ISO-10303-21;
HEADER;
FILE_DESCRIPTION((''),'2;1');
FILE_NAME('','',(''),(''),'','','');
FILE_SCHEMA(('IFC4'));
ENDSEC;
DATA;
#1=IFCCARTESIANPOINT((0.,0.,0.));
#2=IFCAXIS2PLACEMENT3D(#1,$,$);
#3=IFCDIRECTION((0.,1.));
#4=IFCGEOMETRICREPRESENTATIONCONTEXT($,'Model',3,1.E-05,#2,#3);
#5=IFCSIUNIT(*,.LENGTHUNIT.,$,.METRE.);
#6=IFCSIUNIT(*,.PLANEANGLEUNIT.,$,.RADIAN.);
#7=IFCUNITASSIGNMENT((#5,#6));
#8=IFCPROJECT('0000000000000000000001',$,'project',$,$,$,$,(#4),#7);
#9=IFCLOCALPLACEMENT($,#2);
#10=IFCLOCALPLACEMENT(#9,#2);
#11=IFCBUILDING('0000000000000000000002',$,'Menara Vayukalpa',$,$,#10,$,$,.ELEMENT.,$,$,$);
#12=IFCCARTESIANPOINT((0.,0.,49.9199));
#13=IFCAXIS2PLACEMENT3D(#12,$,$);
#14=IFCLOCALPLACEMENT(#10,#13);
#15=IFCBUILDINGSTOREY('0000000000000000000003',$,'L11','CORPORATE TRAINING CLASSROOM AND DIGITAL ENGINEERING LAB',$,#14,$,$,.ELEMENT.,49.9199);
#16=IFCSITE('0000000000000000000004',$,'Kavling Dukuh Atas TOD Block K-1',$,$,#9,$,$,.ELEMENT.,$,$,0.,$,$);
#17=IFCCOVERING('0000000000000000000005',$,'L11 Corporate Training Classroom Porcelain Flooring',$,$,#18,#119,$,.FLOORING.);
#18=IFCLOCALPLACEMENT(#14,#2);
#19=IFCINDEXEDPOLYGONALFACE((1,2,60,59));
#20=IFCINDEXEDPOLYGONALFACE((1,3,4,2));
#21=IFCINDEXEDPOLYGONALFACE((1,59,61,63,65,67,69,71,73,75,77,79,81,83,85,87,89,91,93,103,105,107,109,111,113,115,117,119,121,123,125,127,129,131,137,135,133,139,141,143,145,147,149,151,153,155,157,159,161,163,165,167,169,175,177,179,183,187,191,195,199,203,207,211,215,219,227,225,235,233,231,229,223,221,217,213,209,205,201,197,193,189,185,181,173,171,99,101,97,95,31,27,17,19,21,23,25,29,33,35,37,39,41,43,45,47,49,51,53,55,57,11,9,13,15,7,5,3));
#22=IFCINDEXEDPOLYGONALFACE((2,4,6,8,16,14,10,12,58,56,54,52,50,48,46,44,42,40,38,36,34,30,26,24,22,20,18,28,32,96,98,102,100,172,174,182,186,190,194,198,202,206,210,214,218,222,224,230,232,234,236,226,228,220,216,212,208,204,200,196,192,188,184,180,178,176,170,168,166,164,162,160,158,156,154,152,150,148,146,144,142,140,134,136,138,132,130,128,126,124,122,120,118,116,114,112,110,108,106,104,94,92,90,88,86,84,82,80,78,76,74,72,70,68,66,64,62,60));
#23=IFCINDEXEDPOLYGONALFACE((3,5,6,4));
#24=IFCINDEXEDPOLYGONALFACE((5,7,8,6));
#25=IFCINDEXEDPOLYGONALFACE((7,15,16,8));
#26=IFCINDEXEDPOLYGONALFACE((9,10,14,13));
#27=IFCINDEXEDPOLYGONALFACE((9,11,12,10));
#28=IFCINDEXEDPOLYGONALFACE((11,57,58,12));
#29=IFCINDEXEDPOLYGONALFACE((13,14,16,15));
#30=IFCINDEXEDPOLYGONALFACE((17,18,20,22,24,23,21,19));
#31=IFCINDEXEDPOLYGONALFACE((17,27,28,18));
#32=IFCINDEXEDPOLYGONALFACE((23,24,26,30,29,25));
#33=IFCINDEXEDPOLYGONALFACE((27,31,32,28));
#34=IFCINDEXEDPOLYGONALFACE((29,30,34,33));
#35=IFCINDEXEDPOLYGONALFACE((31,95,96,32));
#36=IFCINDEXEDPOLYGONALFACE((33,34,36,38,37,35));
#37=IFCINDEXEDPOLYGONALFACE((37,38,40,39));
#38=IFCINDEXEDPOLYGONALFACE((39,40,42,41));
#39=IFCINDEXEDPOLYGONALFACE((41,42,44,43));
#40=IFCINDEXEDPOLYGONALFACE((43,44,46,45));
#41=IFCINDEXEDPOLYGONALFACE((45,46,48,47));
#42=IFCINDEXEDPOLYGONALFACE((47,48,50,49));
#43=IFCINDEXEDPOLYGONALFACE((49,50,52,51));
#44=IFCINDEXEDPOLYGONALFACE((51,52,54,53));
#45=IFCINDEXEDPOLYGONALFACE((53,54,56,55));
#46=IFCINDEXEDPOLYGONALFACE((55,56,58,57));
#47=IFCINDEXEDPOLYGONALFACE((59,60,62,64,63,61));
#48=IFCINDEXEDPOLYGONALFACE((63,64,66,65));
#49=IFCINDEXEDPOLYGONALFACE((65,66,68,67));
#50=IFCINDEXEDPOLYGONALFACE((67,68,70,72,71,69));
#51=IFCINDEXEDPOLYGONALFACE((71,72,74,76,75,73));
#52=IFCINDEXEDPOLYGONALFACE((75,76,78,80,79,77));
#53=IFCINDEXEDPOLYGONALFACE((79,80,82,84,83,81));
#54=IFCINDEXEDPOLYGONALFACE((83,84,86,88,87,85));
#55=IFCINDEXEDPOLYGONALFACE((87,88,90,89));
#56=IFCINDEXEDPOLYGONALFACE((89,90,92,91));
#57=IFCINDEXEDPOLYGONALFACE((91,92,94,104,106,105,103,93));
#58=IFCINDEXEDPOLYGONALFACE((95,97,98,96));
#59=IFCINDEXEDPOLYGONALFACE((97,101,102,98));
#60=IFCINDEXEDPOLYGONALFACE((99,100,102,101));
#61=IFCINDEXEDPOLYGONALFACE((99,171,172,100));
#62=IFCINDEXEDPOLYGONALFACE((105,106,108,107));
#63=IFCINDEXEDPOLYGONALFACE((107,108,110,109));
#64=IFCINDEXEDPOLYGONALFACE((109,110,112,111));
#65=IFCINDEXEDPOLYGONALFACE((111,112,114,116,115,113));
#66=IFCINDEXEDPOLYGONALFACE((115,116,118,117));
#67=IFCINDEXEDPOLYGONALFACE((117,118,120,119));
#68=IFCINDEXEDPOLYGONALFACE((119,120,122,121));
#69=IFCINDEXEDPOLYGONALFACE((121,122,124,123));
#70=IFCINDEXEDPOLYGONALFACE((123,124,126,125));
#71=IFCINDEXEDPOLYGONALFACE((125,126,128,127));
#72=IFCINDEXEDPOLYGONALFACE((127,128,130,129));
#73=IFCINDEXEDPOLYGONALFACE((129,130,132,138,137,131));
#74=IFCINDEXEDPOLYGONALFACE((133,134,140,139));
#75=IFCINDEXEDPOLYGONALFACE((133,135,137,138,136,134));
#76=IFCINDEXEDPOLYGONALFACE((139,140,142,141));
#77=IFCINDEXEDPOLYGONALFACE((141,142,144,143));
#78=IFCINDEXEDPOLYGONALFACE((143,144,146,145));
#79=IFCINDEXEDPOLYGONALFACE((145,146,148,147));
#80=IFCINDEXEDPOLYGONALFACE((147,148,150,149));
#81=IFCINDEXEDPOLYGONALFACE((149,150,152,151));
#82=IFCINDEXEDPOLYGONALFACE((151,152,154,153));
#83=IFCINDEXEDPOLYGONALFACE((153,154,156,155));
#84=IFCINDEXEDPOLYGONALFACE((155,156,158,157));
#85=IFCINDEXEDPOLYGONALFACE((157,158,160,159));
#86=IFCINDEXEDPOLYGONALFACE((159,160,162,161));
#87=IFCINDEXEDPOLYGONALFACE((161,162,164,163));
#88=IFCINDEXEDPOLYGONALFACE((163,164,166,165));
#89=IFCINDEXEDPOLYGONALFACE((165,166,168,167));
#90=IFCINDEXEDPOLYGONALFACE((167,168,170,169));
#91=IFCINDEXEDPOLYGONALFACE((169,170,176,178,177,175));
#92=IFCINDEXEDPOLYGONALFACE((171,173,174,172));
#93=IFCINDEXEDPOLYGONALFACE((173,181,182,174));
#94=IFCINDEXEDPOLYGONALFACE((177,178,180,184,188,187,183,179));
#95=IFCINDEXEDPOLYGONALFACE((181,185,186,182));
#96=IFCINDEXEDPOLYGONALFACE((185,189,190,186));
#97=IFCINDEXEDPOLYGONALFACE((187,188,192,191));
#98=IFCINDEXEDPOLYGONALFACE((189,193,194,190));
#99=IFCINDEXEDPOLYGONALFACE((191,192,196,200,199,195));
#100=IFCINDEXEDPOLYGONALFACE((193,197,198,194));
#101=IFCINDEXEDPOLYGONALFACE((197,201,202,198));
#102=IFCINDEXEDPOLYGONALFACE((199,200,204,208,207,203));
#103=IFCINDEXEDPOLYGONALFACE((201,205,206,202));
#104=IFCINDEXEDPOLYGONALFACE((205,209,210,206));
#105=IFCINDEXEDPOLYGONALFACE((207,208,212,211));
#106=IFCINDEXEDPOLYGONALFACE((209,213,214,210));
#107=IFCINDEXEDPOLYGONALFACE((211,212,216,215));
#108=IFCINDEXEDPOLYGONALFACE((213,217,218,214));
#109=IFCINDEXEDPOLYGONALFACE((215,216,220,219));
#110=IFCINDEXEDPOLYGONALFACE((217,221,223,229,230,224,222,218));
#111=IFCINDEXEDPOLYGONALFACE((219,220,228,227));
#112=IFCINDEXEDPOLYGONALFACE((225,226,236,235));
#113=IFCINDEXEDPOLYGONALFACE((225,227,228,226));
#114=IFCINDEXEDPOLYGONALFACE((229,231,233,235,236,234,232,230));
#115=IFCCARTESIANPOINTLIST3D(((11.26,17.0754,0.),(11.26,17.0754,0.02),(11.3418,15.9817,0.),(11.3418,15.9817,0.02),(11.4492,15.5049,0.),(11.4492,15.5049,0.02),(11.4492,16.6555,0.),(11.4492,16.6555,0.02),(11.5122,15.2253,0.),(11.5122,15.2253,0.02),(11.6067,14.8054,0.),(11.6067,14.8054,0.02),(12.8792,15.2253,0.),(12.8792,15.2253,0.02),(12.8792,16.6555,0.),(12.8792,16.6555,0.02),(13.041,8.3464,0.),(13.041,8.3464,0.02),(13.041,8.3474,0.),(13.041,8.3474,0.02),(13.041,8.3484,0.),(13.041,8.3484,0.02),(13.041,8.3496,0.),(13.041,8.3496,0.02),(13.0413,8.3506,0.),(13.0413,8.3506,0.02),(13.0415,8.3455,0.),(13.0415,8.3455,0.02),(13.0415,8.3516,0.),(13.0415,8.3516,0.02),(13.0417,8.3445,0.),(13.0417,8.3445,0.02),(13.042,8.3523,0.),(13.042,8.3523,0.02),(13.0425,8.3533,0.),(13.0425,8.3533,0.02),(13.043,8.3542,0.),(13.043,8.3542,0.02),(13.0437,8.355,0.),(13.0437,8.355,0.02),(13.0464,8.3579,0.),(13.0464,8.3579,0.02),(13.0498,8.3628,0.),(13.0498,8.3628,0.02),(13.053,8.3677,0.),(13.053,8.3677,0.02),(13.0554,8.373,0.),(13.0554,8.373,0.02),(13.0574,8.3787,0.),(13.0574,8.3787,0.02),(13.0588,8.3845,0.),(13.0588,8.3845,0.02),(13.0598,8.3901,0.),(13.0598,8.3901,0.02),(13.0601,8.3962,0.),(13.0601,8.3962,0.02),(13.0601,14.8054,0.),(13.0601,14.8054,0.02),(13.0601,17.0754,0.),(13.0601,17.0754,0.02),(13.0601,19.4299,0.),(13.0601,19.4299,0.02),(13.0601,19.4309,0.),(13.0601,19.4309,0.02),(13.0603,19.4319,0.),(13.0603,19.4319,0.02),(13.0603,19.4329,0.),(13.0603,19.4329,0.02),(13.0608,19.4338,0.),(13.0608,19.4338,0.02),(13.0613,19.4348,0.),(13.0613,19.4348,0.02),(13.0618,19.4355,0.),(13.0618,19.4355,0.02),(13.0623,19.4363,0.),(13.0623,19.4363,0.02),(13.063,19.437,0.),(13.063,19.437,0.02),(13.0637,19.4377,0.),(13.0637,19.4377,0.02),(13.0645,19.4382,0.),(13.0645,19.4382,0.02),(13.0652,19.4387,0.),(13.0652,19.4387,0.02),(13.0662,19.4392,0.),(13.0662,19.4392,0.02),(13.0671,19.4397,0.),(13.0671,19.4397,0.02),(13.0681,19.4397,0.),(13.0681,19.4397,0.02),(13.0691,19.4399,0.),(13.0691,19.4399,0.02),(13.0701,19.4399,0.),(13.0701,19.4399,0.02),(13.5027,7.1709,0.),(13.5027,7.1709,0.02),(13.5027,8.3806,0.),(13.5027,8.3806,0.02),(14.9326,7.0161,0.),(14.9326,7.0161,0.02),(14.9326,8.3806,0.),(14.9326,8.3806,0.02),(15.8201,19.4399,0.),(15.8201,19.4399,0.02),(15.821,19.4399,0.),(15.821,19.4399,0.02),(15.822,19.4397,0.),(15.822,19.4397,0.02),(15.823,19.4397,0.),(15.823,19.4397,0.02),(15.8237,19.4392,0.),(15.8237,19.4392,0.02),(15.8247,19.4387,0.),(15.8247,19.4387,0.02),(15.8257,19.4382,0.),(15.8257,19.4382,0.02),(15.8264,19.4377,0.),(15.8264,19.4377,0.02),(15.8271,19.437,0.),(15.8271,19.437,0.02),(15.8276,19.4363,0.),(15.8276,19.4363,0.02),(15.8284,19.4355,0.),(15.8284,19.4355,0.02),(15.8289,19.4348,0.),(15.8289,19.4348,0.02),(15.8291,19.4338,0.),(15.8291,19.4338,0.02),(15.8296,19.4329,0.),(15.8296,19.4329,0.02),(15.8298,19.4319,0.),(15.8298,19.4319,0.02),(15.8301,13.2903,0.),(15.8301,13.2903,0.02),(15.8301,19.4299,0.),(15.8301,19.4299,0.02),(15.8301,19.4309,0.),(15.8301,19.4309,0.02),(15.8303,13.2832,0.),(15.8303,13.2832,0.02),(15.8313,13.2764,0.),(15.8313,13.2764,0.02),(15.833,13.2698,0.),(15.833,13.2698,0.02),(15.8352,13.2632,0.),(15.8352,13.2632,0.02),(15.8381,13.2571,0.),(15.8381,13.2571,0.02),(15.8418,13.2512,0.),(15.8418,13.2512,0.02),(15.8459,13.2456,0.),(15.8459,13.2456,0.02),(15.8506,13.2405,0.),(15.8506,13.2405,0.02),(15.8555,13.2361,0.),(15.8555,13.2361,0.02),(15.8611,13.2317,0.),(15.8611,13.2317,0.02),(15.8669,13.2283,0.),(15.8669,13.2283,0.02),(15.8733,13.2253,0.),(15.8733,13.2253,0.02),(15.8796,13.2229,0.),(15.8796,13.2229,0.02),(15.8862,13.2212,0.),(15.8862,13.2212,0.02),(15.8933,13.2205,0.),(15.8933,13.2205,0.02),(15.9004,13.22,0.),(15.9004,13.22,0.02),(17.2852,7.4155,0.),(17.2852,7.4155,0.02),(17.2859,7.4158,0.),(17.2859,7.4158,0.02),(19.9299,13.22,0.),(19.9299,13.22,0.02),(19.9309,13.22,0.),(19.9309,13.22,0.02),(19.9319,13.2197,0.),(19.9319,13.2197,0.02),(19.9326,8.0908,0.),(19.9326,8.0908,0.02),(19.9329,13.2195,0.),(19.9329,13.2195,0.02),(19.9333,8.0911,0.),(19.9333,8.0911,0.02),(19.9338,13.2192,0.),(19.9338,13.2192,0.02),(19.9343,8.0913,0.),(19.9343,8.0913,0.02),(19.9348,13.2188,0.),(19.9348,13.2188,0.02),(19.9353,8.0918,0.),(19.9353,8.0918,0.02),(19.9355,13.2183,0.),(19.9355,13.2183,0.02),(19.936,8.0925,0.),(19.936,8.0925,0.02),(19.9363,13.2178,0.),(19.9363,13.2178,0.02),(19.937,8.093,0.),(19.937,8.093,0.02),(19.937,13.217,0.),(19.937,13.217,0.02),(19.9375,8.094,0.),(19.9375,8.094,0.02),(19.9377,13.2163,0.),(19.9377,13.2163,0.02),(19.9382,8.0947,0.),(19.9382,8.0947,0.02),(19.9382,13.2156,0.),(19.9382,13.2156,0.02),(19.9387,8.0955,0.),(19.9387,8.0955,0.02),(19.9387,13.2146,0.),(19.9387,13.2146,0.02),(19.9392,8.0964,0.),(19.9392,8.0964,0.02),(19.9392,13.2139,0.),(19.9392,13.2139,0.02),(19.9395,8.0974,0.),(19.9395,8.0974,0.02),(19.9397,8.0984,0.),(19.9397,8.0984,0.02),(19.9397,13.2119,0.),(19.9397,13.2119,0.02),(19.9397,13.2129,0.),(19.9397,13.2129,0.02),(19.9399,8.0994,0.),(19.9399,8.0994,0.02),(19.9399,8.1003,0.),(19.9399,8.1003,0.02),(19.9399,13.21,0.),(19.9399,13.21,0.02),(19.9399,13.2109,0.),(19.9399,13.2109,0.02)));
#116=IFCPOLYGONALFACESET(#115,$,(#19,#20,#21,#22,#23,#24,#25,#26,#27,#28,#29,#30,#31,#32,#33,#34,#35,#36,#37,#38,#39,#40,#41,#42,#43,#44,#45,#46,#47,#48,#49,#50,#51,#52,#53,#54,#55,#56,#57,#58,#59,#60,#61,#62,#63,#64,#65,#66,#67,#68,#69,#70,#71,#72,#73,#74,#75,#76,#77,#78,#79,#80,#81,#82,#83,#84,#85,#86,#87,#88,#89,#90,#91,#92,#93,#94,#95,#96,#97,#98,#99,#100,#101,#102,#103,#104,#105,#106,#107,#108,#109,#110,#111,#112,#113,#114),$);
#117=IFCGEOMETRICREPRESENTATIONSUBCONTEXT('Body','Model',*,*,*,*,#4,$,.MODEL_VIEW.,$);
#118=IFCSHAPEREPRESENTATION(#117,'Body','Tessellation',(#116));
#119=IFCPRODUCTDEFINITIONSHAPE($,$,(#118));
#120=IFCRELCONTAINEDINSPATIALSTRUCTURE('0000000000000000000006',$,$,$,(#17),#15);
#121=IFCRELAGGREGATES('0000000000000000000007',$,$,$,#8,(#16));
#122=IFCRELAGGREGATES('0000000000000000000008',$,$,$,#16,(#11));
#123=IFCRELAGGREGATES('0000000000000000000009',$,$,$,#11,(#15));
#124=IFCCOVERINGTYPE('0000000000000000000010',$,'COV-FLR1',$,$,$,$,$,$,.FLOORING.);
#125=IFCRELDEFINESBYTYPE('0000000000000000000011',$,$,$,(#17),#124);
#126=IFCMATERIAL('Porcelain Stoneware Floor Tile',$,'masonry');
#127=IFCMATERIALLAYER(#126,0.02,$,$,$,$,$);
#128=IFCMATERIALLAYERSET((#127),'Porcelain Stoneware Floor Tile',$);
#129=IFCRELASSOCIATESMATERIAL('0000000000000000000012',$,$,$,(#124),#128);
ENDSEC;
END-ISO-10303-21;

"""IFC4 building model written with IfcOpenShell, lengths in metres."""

from ifc_helpers import new_model, si_unit, direction, frame, origin, place, context, subcontext, project, spatial, polyline, outline, extrude, material, layer, layer_set, type_object, element, save


model = new_model("IFC4")

# Units and contexts
model_context = context("Model", 3, precision=1e-05, world=origin(), true_north=direction((0.0, 1.0)))
body_context = subcontext(model_context, "Body", "Model", "MODEL_VIEW")
ifc_project = project(units=[si_unit("LENGTHUNIT", "METRE"), si_unit("PLANEANGLEUNIT", "RADIAN")], contexts=[model_context])

# Site, building, storey
site_placement = place(None, origin())
site = spatial("IfcSite", under=ifc_project, at=site_placement, Name="Kavling Dukuh Atas TOD Block K-1", CompositionType="ELEMENT", RefElevation=0.0)
building_placement = place(site_placement, origin())
building = spatial("IfcBuilding", under=site, at=building_placement, Name="Menara Vayukalpa", CompositionType="ELEMENT")
storey_placement = place(building_placement, frame((0.0, 0.0, 49.9199)))
storey = spatial("IfcBuildingStorey", under=building, at=storey_placement, Name="L11", Description="CORPORATE TRAINING CLASSROOM AND DIGITAL ENGINEERING LAB", CompositionType="ELEMENT", Elevation=49.9199)

# Covering
ifc_material_1 = material(Name="Porcelain Stoneware Floor Tile", Category="masonry")
ifc_layer_1 = layer(ifc_material_1, 0.02)
ifc_layer_set_1 = layer_set([ifc_layer_1], Name="Porcelain Stoneware Floor Tile")
covering_type_1 = type_object("IfcCoveringType", Name="COV-FLR1", PredefinedType="FLOORING", material=ifc_layer_set_1)
covering_1_placement = place(storey_placement, origin())
element("IfcCovering", 1, at=covering_1_placement, inside=storey, type_object=covering_type_1, Name="L11 Corporate Training Classroom Porcelain Flooring", PredefinedType="FLOORING", context=body_context, shape_type="SweptSolid", body=[
    extrude(outline(polyline([(13.0417, 8.3445), (13.0415, 8.3455), (13.041, 8.3464), (13.041, 8.3474), (13.041, 8.3484), (13.041, 8.3496), (13.0413, 8.3506), (13.0415, 8.3516), (13.042, 8.3523), (13.0425, 8.3533), (13.043, 8.3542), (13.0437, 8.355), (13.0464, 8.3579), (13.0498, 8.3628), (13.053, 8.3677), (13.0554, 8.373), (13.0574, 8.3787), (13.0588, 8.3845), (13.0598, 8.3901), (13.0601, 8.3962), (13.0601, 14.8054), (11.6067, 14.8054), (11.5122, 15.2253), (12.8792, 15.2253), (12.8792, 16.6555), (11.4492, 16.6555), (11.4492, 15.5049), (11.3418, 15.9817), (11.26, 17.0754), (13.0601, 17.0754), (13.0601, 19.4299), (13.0601, 19.4309), (13.0603, 19.4319), (13.0603, 19.4329), (13.0608, 19.4338), (13.0613, 19.4348), (13.0618, 19.4355), (13.0623, 19.4363), (13.063, 19.437), (13.0637, 19.4377), (13.0645, 19.4382), (13.0652, 19.4387), (13.0662, 19.4392), (13.0671, 19.4397), (13.0681, 19.4397), (13.0691, 19.4399), (13.0701, 19.4399), (15.8201, 19.4399), (15.821, 19.4399), (15.822, 19.4397), (15.823, 19.4397), (15.8237, 19.4392), (15.8247, 19.4387), (15.8257, 19.4382), (15.8264, 19.4377), (15.8271, 19.437), (15.8276, 19.4363), (15.8284, 19.4355), (15.8289, 19.4348), (15.8291, 19.4338), (15.8296, 19.4329), (15.8298, 19.4319), (15.8301, 19.4309), (15.8301, 19.4299), (15.8301, 13.2903), (15.8303, 13.2832), (15.8313, 13.2764), (15.833, 13.2698), (15.8352, 13.2632), (15.8381, 13.2571), (15.8418, 13.2512), (15.8459, 13.2456), (15.8506, 13.2405), (15.8555, 13.2361), (15.8611, 13.2317), (15.8669, 13.2283), (15.8733, 13.2253), (15.8796, 13.2229), (15.8862, 13.2212), (15.8933, 13.2205), (15.9004, 13.22), (19.9299, 13.22), (19.9309, 13.22), (19.9319, 13.2197), (19.9329, 13.2195), (19.9338, 13.2192), (19.9348, 13.2188), (19.9355, 13.2183), (19.9363, 13.2178), (19.937, 13.217), (19.9377, 13.2163), (19.9382, 13.2156), (19.9387, 13.2146), (19.9392, 13.2139), (19.9397, 13.2129), (19.9397, 13.2119), (19.9399, 13.2109), (19.9399, 13.21), (19.9399, 8.1003), (19.9399, 8.0994), (19.9397, 8.0984), (19.9395, 8.0974), (19.9392, 8.0964), (19.9387, 8.0955), (19.9382, 8.0947), (19.9375, 8.094), (19.937, 8.093), (19.936, 8.0925), (19.9353, 8.0918), (19.9343, 8.0913), (19.9333, 8.0911), (19.9326, 8.0908), (17.2859, 7.4158), (17.2852, 7.4155), (14.9326, 7.0161), (14.9326, 8.3806), (13.5027, 8.3806), (13.5027, 7.1709), (13.0417, 8.3445)])), origin(), (0.0, 0.0, 1.0), 0.02),
])

save(model, "model.ifc")
